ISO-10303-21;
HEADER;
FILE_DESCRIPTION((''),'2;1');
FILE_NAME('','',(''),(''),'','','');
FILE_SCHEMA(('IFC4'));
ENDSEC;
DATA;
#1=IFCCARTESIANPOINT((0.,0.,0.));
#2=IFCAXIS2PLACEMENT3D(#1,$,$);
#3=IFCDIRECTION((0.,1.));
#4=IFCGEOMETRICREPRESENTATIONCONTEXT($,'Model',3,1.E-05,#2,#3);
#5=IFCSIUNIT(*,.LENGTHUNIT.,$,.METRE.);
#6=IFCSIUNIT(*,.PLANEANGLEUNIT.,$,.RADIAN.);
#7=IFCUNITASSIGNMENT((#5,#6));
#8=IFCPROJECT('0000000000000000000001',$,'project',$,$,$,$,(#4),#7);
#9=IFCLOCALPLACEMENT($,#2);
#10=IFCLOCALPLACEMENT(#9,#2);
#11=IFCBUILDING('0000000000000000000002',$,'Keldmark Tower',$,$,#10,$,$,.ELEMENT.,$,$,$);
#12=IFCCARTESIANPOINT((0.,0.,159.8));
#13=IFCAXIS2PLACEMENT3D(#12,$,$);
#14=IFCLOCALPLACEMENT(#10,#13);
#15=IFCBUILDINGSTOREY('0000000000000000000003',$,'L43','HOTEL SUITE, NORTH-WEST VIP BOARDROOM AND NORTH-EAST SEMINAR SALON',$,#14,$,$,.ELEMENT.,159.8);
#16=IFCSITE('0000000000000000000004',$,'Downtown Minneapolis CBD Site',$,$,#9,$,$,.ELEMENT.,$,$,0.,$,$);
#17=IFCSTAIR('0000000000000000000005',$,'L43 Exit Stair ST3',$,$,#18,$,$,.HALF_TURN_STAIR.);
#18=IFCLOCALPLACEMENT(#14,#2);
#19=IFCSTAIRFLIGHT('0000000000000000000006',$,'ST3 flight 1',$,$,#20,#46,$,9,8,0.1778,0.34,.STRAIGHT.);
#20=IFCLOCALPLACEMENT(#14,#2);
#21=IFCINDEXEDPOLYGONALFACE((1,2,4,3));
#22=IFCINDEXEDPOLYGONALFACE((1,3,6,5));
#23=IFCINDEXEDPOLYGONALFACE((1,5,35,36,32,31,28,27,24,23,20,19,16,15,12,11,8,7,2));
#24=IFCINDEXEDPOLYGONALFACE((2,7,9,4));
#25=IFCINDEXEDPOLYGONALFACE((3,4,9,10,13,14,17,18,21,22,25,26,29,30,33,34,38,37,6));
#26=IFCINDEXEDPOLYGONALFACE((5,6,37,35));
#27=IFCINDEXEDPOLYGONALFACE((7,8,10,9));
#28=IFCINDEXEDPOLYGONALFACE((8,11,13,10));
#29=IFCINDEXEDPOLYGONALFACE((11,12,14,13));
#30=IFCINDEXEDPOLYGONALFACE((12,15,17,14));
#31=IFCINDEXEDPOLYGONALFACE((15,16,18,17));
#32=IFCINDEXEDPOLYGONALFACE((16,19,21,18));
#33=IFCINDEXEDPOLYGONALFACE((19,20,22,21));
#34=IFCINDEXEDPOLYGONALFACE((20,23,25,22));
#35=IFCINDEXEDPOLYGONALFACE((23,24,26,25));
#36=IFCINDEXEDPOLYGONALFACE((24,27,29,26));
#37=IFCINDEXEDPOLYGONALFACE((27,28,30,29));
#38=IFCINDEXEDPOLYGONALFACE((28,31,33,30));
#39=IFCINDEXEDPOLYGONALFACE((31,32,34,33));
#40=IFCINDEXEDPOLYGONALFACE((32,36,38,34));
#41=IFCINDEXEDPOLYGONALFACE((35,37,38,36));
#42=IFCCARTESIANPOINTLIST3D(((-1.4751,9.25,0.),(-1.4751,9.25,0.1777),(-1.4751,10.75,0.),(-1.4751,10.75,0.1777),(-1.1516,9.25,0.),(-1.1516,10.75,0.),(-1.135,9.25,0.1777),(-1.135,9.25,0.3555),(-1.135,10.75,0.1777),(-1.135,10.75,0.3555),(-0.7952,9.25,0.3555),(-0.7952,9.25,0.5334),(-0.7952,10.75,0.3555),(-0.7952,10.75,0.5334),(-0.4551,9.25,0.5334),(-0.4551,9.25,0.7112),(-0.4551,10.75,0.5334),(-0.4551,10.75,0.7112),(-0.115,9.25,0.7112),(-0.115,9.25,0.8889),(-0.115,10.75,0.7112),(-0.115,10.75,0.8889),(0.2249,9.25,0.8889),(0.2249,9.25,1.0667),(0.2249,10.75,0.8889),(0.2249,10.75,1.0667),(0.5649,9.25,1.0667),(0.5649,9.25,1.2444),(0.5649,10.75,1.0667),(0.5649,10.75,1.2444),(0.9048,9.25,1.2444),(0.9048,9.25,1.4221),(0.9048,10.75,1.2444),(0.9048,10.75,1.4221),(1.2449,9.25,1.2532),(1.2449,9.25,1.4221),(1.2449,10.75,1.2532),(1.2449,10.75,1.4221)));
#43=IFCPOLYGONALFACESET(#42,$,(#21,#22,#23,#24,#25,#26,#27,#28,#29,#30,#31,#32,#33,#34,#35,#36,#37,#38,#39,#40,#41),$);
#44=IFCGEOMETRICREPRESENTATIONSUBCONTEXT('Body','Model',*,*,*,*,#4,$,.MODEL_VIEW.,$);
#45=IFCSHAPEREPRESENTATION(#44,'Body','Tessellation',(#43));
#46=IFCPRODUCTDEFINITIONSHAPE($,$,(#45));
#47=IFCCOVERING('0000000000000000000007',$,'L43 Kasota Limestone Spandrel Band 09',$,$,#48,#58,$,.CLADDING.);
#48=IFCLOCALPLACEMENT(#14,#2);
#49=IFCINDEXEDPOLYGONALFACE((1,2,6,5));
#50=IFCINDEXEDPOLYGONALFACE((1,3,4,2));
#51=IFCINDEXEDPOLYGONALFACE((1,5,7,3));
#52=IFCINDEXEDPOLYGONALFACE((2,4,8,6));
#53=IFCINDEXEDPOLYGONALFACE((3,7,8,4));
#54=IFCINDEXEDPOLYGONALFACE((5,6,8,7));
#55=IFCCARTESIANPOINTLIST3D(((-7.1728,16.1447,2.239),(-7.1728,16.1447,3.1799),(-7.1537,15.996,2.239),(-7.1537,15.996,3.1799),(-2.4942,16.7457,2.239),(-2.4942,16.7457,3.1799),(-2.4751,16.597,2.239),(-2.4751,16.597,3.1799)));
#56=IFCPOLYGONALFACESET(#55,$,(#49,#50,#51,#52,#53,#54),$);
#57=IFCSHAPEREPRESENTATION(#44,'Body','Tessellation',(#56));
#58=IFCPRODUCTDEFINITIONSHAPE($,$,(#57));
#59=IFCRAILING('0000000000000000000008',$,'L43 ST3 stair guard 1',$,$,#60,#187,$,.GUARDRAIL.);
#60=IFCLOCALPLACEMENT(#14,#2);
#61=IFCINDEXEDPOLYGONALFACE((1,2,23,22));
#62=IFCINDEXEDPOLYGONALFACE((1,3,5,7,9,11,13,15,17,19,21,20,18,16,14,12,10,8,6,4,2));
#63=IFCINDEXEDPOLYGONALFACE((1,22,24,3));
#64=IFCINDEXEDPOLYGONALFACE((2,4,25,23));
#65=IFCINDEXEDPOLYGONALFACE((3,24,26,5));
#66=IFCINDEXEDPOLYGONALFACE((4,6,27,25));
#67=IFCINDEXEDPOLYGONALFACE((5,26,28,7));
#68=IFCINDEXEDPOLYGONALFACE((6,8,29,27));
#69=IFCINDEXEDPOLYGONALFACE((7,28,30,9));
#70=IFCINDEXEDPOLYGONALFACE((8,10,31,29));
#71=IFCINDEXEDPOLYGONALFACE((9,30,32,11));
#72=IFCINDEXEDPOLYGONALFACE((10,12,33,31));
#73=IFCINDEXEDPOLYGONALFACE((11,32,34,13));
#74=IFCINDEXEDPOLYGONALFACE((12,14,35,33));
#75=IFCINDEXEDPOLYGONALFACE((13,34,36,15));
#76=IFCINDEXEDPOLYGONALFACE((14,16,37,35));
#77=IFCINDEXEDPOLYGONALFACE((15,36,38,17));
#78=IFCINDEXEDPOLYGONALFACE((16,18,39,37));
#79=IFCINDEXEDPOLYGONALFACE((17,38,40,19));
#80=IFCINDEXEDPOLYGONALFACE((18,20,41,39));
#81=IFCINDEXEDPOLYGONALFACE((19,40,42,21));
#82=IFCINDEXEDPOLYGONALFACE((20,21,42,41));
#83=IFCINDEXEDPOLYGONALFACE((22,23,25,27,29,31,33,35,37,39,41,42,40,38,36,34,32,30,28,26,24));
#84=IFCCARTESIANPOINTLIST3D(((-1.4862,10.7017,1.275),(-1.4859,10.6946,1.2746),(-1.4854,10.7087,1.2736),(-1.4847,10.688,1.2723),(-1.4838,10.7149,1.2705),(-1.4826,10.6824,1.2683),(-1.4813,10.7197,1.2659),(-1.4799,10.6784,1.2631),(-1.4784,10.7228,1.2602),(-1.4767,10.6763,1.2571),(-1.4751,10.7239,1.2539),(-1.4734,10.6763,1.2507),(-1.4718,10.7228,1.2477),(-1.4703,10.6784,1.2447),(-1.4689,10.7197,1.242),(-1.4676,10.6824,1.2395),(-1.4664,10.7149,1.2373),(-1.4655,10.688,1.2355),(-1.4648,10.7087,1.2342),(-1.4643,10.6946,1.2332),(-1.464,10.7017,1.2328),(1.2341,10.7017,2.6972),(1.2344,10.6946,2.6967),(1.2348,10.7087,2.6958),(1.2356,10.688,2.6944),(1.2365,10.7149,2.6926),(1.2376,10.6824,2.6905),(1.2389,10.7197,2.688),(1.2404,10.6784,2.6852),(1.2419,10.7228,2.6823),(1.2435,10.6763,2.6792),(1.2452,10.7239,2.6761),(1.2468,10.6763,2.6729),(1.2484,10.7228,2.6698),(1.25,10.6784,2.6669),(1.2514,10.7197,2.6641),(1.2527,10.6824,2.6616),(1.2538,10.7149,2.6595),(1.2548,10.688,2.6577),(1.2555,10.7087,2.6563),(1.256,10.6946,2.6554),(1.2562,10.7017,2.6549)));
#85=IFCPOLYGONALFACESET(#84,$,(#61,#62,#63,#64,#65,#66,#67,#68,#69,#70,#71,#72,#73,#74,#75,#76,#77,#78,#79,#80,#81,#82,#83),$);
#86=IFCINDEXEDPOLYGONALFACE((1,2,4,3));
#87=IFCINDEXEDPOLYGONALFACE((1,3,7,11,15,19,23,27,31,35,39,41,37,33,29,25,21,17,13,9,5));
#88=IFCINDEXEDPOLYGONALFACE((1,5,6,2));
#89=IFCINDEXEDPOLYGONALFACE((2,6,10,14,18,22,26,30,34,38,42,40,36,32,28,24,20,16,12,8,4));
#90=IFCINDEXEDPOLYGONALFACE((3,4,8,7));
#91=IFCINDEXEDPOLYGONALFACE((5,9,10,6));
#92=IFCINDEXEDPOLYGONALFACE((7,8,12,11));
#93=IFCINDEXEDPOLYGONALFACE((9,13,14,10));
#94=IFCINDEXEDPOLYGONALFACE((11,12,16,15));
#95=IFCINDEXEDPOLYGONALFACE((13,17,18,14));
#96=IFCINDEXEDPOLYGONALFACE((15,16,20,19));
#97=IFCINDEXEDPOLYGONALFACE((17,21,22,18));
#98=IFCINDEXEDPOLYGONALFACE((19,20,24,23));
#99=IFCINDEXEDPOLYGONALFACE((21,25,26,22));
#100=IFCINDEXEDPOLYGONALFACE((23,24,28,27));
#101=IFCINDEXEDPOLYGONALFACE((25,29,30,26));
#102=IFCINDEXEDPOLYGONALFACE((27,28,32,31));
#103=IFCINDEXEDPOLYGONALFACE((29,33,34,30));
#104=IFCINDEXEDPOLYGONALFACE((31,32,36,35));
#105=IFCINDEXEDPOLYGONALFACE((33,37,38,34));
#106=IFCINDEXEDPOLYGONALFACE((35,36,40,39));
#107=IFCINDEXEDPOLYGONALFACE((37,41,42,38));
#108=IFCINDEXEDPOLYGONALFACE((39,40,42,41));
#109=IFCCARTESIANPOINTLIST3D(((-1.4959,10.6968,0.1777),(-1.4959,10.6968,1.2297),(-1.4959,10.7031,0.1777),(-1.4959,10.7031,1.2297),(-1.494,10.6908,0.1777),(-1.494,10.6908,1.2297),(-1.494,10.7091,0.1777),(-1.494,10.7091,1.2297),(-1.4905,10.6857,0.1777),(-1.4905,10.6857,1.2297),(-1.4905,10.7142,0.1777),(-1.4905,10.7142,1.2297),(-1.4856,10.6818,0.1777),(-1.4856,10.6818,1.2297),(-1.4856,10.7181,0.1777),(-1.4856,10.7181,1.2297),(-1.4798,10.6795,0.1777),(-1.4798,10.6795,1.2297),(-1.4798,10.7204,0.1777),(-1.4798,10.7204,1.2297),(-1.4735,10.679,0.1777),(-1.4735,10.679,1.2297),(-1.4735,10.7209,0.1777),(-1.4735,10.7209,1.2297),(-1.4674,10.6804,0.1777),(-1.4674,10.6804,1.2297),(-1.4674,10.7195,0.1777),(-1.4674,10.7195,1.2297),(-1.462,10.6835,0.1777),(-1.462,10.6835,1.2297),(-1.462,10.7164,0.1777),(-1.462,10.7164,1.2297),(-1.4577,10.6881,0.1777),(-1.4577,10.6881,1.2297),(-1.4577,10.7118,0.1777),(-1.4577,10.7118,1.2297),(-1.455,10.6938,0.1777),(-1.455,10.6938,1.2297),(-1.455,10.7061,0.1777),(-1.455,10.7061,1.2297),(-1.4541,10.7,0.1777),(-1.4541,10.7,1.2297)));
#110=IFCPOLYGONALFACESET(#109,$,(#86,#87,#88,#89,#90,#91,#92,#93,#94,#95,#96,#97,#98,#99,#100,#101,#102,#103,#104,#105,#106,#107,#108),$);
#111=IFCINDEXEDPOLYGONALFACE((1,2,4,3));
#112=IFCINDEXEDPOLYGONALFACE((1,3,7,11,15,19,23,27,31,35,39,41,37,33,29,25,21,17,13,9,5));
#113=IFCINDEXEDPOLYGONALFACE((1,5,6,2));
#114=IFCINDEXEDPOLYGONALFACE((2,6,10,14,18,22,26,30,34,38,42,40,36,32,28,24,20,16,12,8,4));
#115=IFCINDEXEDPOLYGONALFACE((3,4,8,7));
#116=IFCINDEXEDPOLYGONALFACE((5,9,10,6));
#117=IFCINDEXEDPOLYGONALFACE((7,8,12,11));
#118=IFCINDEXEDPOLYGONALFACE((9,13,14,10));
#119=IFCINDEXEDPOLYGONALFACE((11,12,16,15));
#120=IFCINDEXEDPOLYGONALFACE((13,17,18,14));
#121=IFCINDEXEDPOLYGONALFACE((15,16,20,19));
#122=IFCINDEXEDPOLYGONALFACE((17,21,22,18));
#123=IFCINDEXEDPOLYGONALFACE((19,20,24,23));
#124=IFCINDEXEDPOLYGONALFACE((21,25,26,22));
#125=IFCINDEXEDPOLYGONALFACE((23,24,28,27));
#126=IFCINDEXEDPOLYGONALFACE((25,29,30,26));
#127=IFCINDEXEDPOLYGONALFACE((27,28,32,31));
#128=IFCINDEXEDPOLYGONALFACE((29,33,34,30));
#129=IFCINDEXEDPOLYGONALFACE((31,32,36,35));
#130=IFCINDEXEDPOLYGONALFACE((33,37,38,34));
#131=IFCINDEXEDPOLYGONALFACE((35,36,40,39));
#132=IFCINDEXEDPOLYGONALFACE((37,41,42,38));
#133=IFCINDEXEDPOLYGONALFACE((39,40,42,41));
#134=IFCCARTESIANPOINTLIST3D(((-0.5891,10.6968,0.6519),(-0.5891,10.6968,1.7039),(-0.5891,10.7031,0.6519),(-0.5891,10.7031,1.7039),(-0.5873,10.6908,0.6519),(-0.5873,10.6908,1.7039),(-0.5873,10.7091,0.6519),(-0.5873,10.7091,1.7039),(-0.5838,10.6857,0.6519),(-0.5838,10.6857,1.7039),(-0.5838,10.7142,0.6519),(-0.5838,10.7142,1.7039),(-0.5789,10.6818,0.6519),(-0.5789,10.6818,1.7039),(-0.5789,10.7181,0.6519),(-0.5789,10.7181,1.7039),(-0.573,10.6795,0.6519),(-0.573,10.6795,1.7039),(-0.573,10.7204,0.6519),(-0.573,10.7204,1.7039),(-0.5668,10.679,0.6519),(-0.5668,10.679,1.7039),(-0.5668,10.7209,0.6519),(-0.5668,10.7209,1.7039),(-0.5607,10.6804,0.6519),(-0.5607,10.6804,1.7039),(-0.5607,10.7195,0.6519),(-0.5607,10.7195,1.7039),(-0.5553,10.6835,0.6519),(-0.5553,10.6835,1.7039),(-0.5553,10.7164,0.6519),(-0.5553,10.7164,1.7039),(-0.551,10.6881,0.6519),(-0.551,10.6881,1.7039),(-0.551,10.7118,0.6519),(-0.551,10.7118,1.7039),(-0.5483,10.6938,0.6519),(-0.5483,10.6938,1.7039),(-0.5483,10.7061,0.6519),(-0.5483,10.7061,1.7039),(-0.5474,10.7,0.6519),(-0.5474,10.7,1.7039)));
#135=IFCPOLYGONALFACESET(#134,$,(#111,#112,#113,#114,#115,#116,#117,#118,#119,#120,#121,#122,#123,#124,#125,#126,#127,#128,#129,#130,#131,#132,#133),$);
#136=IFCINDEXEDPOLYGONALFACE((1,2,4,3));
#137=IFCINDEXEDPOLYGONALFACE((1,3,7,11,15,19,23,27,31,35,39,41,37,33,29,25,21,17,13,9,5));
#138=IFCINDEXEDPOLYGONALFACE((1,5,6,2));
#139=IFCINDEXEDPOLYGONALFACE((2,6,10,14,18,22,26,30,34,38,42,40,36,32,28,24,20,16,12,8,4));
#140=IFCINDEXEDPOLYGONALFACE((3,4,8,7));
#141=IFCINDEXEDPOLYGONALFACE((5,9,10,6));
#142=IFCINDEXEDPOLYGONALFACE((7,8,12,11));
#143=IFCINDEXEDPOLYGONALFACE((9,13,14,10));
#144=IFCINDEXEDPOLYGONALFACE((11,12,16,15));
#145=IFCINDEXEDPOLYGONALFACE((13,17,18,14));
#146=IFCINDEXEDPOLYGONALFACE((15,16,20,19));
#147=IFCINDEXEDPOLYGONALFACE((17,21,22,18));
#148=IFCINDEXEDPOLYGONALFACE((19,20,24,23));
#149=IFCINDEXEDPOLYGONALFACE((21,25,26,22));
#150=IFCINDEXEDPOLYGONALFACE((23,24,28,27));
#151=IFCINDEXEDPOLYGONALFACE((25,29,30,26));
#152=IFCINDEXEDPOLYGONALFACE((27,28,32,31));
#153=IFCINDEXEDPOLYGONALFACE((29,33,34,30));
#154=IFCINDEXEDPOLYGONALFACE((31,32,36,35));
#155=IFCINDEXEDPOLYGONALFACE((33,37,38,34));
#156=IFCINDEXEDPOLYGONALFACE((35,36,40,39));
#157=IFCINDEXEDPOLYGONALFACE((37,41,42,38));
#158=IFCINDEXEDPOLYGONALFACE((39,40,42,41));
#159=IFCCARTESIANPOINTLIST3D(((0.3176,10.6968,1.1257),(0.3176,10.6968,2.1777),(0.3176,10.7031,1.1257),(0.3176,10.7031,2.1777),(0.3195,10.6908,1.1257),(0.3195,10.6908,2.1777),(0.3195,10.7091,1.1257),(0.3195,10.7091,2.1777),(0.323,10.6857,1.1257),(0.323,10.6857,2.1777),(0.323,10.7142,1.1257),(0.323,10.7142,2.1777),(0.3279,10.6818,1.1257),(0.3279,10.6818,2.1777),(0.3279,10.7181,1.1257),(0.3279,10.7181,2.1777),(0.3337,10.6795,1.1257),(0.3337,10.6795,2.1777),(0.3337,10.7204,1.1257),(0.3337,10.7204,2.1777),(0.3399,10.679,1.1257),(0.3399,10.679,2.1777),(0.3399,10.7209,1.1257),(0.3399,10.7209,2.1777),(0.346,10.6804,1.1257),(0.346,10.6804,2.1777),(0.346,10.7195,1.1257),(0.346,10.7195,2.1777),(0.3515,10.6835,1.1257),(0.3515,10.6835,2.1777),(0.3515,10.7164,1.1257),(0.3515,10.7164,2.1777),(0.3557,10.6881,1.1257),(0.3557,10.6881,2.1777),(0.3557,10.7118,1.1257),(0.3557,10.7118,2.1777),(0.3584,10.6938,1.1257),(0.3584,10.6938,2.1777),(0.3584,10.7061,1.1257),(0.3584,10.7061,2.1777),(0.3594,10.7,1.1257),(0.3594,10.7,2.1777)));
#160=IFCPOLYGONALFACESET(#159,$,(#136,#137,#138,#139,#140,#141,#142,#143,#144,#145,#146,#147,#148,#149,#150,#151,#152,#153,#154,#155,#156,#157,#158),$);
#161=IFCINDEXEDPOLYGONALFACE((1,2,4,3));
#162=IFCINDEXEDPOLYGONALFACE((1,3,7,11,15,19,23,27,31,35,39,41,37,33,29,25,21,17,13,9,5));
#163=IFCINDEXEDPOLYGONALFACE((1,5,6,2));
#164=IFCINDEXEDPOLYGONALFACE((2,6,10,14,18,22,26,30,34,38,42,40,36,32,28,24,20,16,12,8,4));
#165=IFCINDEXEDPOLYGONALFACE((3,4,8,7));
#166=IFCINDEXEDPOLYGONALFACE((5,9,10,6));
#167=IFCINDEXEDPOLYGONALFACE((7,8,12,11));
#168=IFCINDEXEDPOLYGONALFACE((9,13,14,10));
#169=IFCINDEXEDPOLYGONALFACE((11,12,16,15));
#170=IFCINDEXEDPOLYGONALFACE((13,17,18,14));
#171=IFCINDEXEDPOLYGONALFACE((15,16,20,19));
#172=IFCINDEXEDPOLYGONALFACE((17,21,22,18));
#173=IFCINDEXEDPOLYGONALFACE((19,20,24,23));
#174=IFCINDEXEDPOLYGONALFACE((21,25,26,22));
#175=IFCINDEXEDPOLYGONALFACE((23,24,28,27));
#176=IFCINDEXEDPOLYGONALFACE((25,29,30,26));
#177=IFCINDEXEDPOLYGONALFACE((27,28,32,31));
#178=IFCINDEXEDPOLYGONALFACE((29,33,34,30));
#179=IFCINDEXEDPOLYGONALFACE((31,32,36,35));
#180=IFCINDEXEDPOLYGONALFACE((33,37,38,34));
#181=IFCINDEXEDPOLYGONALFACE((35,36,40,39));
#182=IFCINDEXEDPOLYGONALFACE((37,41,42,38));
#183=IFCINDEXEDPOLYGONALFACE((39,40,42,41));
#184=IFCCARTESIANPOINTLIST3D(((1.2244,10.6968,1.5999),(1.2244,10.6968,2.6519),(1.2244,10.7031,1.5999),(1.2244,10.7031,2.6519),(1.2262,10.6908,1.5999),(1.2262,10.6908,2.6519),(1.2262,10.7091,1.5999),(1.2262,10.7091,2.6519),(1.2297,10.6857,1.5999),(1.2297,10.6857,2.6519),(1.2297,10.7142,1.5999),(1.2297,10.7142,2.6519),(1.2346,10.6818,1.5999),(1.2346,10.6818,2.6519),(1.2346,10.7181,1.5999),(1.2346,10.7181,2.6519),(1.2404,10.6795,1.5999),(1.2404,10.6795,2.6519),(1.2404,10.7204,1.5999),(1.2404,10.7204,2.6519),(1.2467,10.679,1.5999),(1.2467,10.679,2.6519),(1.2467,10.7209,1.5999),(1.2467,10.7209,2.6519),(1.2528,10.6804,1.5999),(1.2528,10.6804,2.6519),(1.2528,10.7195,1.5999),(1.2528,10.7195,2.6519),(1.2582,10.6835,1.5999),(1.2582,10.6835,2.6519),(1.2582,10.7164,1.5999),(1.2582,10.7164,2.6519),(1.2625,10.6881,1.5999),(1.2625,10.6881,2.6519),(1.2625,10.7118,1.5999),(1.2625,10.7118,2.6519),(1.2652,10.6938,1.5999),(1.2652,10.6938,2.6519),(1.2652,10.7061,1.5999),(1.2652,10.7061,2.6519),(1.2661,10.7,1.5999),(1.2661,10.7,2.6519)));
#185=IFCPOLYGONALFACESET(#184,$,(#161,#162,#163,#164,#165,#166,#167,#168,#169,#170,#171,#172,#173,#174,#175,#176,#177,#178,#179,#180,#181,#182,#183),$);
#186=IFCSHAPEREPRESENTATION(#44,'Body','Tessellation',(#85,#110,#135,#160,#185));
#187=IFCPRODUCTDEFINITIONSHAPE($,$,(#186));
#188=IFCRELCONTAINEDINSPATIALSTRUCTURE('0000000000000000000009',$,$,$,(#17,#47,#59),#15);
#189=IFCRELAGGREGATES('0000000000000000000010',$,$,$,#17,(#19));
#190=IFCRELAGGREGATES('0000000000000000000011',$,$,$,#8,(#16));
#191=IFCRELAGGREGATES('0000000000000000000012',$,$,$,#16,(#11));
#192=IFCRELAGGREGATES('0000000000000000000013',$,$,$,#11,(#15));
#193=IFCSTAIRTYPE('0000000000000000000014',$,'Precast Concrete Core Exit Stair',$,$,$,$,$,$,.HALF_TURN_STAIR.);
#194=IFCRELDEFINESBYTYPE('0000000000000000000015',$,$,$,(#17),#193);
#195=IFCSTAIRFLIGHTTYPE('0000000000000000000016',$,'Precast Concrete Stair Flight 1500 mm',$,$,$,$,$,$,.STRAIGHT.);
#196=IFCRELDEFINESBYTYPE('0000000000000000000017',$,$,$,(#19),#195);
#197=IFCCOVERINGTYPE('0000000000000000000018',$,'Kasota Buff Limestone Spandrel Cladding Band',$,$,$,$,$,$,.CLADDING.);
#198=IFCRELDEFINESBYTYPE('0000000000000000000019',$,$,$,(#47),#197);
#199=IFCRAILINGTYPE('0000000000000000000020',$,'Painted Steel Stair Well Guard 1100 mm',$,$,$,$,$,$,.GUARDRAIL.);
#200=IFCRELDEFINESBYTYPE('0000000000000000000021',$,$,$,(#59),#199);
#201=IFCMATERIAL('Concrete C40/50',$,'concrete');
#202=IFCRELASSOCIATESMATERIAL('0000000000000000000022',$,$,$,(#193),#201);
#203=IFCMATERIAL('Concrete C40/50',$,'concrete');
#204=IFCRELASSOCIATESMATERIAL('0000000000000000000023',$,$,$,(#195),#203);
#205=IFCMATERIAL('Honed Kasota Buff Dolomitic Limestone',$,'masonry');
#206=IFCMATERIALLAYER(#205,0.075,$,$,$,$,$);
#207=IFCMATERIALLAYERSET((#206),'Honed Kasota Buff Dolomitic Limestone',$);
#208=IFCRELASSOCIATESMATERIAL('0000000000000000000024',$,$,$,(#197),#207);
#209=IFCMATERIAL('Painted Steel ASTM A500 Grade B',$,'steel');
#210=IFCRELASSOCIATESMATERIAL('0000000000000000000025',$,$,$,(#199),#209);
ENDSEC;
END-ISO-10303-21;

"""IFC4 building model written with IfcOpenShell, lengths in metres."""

from ifc_helpers import new_model, si_unit, direction, frame, origin, origin_2d, place, context, subcontext, project, spatial, polyline, rectangle, circle, outline, extrude, material, layer, layer_set, type_object, element, aggregate, save


model = new_model("IFC4")

# Units and contexts
model_context = context("Model", 3, precision=1e-05, world=origin(), true_north=direction((0.0, 1.0)))
body_context = subcontext(model_context, "Body", "Model", "MODEL_VIEW")
ifc_project = project(units=[si_unit("LENGTHUNIT", "METRE"), si_unit("PLANEANGLEUNIT", "RADIAN")], contexts=[model_context])

# Site, building, storey
site_placement = place(None, origin())
site = spatial("IfcSite", under=ifc_project, at=site_placement, Name="Downtown Minneapolis CBD Site", CompositionType="ELEMENT", RefElevation=0.0)
building_placement = place(site_placement, origin())
building = spatial("IfcBuilding", under=site, at=building_placement, Name="Keldmark Tower", CompositionType="ELEMENT")
storey_placement = place(building_placement, frame((0.0, 0.0, 159.8)))
storey = spatial("IfcBuildingStorey", under=building, at=storey_placement, Name="L43", Description="HOTEL SUITE, NORTH-WEST VIP BOARDROOM AND NORTH-EAST SEMINAR SALON", CompositionType="ELEMENT", Elevation=159.8)

# Stair, stair flight
ifc_material_1 = material(Name="Concrete C40/50", Category="concrete")
stair_type = type_object("IfcStairType", Name="Precast Concrete Core Exit Stair", PredefinedType="HALF_TURN_STAIR", material=ifc_material_1)
stair_placement = place(storey_placement, origin())
stair = element("IfcStair", 1, at=stair_placement, inside=storey, type_object=stair_type, Name="L43 Exit Stair ST3", PredefinedType="HALF_TURN_STAIR")
ifc_material_2 = material(Name="Concrete C40/50", Category="concrete")
stair_flight_type = type_object("IfcStairFlightType", Name="Precast Concrete Stair Flight 1500 mm", PredefinedType="STRAIGHT", material=ifc_material_2)
stair_flight_placement = place(storey_placement, frame((-1.4751, 10.0, 0.0), z_axis=(0.0, 0.0, 1.0), x_axis=(1.0, 0.0, 0.0)))
stair_flight = element("IfcStairFlight", 2, at=stair_flight_placement, type_object=stair_flight_type, Name="ST3 flight 1", NumberOfRisers=9, NumberOfTreads=8, PredefinedType="STRAIGHT", RiserHeight=0.1778, TreadLength=0.34, context=body_context, shape_type="SweptSolid", body=[
    extrude(outline(polyline([(0.0, 0.0), (0.0, 0.1777), (0.3401, 0.1777), (0.3401, 0.3555), (0.6799, 0.3555), (0.6799, 0.5334), (1.02, 0.5334), (1.02, 0.7112), (1.3601, 0.7112), (1.3601, 0.8889), (1.7, 0.8889), (1.7, 1.0667), (2.04, 1.0667), (2.04, 1.2444), (2.3799, 1.2444), (2.3799, 1.4221), (2.72, 1.4221), (2.72, 1.6001), (2.72, 1.2532), (0.3235, 0.0), (0.0, 0.0)])), frame((0.0, 0.75, 0.0), z_axis=(0.0, -1.0, 0.0), x_axis=(1.0, 0.0, 0.0)), (0.0, 0.0, 1.0), 1.5),
])
aggregate(stair, [stair_flight])

# Covering
ifc_material_3 = material(Name="Honed Kasota Buff Dolomitic Limestone", Category="masonry")
ifc_layer_1 = layer(ifc_material_3, 0.075)
ifc_layer_set_1 = layer_set([ifc_layer_1], Name="Honed Kasota Buff Dolomitic Limestone")
covering_type = type_object("IfcCoveringType", Name="Kasota Buff Limestone Spandrel Cladding Band", PredefinedType="CLADDING", material=ifc_layer_set_1)
covering_placement = place(storey_placement, frame((-4.824, 16.3708, 2.239), z_axis=(0.0, 0.0, 1.0), x_axis=(-0.99185, -0.127411, 0.0)))
element("IfcCovering", 3, at=covering_placement, inside=storey, type_object=covering_type, Name="L43 Kasota Limestone Spandrel Band 09", PredefinedType="CLADDING", context=body_context, shape_type="SweptSolid", body=[
    extrude(rectangle(XDim=4.717, YDim=0.1499, at=origin_2d()), origin(), (0.0, 0.0, 1.0), 0.9409),
])

# Railing
ifc_material_4 = material(Name="Painted Steel ASTM A500 Grade B", Category="steel")
railing_type = type_object("IfcRailingType", Name="Painted Steel Stair Well Guard 1100 mm", PredefinedType="GUARDRAIL", material=ifc_material_4)
railing_1_placement = place(storey_placement, frame((-1.4751, 10.7, 0.1777)))
element("IfcRailing", 4, at=railing_1_placement, inside=storey, type_object=railing_type, Name="L43 ST3 stair guard 1", PredefinedType="GUARDRAIL", context=body_context, shape_type="SweptSolid", body=[
    extrude(circle(Radius=0.0239, at=origin_2d()), frame((0.0, 0.0, 1.0762), z_axis=(0.8862, 0.0, 0.463302), x_axis=(0.0, 1.0, 0.0)), (0.0, 0.0, 1.0), 3.0696),
    extrude(circle(Radius=0.021, at=origin_2d()), origin(), (0.0, 0.0, 1.0), 1.052),
    extrude(circle(Radius=0.021, at=origin_2d()), frame((0.9067, 0.0, 0.4741)), (0.0, 0.0, 1.0), 1.052),
    extrude(circle(Radius=0.021, at=origin_2d()), frame((1.8135, 0.0, 0.948)), (0.0, 0.0, 1.0), 1.052),
    extrude(circle(Radius=0.021, at=origin_2d()), frame((2.7202, 0.0, 1.4221)), (0.0, 0.0, 1.0), 1.052),
])

save(model, "model.ifc")
